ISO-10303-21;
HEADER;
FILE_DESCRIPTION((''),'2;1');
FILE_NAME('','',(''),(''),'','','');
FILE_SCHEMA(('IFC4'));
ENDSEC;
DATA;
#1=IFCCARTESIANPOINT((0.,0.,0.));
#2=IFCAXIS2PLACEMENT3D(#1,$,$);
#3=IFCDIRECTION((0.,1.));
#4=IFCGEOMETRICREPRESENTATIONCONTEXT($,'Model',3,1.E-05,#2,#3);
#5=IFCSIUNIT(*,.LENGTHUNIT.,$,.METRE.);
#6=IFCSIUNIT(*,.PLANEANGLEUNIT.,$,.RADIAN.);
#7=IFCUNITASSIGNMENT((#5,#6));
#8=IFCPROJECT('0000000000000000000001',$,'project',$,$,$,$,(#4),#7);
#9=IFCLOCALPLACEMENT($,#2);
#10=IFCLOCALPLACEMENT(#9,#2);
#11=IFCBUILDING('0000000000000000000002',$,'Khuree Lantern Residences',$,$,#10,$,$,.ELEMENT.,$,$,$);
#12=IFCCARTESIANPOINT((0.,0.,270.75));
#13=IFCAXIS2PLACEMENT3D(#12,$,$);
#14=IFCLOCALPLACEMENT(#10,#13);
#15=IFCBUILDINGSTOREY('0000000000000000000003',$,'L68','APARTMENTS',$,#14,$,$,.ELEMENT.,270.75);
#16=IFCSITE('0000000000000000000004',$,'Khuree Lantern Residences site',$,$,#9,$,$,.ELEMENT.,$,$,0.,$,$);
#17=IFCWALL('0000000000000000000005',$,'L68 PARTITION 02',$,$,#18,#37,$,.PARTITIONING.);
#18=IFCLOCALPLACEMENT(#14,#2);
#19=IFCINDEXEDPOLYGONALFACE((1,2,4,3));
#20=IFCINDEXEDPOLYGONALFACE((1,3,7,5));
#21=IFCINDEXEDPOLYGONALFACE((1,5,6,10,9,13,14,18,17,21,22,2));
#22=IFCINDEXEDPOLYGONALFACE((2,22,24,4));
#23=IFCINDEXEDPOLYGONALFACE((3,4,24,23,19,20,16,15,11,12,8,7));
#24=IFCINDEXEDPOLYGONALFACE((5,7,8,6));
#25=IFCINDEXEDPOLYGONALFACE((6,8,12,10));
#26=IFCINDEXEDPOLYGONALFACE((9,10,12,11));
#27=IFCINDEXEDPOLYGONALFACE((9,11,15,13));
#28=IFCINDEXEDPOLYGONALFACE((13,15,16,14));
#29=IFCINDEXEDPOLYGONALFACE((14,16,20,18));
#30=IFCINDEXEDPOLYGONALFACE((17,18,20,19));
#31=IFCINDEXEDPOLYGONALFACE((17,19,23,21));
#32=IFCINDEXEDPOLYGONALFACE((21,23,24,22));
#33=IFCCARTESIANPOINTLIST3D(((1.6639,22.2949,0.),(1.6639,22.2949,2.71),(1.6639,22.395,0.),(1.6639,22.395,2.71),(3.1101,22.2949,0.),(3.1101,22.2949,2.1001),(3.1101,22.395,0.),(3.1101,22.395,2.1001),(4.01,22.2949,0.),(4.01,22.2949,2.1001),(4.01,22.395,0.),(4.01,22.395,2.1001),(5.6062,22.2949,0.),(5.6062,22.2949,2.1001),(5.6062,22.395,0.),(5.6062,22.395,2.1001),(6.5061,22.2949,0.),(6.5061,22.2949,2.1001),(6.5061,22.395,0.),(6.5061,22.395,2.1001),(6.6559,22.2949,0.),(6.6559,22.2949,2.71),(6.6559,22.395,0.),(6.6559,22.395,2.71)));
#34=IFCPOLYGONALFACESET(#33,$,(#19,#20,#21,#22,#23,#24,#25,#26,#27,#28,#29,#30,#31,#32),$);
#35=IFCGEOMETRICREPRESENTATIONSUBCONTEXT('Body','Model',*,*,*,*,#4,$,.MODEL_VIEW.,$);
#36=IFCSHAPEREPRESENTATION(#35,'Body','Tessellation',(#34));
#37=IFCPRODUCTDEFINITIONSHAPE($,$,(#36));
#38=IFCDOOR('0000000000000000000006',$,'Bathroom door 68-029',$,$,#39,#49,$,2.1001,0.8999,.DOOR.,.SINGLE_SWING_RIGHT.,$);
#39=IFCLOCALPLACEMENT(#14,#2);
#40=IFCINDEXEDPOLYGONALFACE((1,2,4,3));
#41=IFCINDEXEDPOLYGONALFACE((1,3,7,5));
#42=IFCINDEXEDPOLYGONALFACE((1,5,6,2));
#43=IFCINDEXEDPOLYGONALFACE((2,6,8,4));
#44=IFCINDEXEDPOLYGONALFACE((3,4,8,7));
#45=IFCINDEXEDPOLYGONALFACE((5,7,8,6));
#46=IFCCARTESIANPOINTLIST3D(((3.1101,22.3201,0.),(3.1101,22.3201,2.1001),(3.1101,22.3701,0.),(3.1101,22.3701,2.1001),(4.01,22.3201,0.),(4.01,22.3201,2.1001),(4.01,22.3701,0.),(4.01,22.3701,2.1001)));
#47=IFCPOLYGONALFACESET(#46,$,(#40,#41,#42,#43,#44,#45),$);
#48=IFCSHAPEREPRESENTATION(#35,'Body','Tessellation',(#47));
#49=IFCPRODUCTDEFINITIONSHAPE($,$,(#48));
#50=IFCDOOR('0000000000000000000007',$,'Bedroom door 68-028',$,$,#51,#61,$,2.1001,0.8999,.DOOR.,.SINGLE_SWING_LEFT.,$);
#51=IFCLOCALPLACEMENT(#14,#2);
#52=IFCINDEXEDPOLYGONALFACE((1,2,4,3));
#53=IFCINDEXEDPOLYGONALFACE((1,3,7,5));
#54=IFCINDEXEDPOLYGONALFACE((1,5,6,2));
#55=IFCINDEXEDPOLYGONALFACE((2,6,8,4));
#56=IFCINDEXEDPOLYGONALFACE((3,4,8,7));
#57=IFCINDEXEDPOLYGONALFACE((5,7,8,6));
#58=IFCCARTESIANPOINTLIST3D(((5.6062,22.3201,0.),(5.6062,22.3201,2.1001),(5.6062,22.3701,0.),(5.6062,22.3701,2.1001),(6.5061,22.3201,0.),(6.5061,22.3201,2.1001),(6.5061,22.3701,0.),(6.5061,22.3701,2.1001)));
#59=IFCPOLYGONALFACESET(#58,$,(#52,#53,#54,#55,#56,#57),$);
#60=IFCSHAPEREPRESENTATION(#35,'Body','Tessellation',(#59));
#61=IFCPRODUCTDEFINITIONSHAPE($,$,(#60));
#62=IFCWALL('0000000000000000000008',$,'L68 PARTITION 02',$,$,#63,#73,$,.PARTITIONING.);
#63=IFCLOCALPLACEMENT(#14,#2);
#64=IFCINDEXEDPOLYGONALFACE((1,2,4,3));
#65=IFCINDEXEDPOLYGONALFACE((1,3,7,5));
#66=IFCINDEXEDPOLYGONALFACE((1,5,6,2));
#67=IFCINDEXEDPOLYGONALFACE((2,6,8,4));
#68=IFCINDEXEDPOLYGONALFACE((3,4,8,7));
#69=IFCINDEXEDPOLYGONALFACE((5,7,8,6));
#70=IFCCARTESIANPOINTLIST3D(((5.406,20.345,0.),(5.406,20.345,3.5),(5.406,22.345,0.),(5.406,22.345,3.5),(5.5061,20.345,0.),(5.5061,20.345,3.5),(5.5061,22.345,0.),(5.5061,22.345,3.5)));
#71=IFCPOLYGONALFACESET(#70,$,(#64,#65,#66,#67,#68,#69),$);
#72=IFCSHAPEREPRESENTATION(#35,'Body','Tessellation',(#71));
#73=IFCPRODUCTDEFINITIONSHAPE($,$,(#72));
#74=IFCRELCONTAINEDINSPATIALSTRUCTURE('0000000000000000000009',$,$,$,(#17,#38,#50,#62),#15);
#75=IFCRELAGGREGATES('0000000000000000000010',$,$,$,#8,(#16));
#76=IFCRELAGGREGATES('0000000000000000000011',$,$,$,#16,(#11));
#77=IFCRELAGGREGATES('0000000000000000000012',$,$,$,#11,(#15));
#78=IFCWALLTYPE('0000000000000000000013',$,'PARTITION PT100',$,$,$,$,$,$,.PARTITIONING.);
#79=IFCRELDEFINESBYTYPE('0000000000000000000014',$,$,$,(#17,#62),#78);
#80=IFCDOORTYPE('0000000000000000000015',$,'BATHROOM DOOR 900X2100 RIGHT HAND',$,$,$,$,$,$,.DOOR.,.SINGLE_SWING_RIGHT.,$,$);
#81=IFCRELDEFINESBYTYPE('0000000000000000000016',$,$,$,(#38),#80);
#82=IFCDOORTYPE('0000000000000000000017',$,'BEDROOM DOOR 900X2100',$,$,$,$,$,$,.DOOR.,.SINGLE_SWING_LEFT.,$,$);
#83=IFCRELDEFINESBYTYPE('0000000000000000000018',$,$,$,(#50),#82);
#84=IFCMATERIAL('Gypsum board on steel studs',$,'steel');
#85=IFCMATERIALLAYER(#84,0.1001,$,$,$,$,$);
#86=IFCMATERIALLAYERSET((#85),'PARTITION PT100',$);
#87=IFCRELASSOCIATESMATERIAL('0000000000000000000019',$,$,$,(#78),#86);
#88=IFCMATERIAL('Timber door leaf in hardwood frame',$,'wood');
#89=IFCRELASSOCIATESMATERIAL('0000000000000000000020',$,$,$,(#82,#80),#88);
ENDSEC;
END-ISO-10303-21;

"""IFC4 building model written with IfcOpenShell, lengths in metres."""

from ifc_helpers import new_model, si_unit, direction, frame, frame_2d, origin, place, context, subcontext, project, spatial, rectangle, extrude, material, layer, layer_set, type_object, element, fill, save


model = new_model("IFC4")

# Units and contexts
model_context = context("Model", 3, precision=1e-05, world=origin(), true_north=direction((0.0, 1.0)))
body_context = subcontext(model_context, "Body", "Model", "MODEL_VIEW")
ifc_project = project(units=[si_unit("LENGTHUNIT", "METRE"), si_unit("PLANEANGLEUNIT", "RADIAN")], contexts=[model_context])

# Site, building, storey
site_placement = place(None, origin())
site = spatial("IfcSite", under=ifc_project, at=site_placement, Name="Khuree Lantern Residences site", CompositionType="ELEMENT", RefElevation=0.0)
building_placement = place(site_placement, origin())
building = spatial("IfcBuilding", under=site, at=building_placement, Name="Khuree Lantern Residences", CompositionType="ELEMENT")
storey_placement = place(building_placement, frame((0.0, 0.0, 270.75)))
storey = spatial("IfcBuildingStorey", under=building, at=storey_placement, Name="L68", Description="APARTMENTS", CompositionType="ELEMENT", Elevation=270.75)

# Shared definitions
ifc_material_1 = material(Name="Gypsum board on steel studs", Category="steel")
ifc_layer_1 = layer(ifc_material_1, 0.1001)
ifc_layer_set_1 = layer_set([ifc_layer_1], Name="PARTITION PT100")
wall_type_1 = type_object("IfcWallType", Name="PARTITION PT100", PredefinedType="PARTITIONING", material=ifc_layer_set_1)

# Shared definitions
ifc_material_2 = material(Name="Timber door leaf in hardwood frame", Category="wood")
door_type_1 = type_object("IfcDoorType", Name="BEDROOM DOOR 900X2100", OperationType="SINGLE_SWING_LEFT", PredefinedType="DOOR", material=ifc_material_2)

# Wall, openings, doors
wall_1_placement = place(storey_placement, frame((6.656, 22.345, 0.0), z_axis=(0.0, 0.0, 1.0), x_axis=(-1.0, 0.0, 0.0)))
wall_1 = element("IfcWall", 1, at=wall_1_placement, inside=storey, type_object=wall_type_1, Name="L68 PARTITION 02", PredefinedType="PARTITIONING", context=body_context, shape_type="SweptSolid", body=[
    extrude(rectangle(XDim=4.9919, YDim=0.1001, at=frame_2d((2.4961, 0.0))), origin(), (0.0, 0.0, 1.0), 2.71),
])
opening_1_placement = place(wall_1_placement, frame((0.1499, 0.0, 0.0)))
opening_1 = element("IfcOpeningElement", 2, at=opening_1_placement, cuts=wall_1, PredefinedType="OPENING", context=body_context, shape_type="SweptSolid", body=[
    extrude(rectangle(XDim=0.8999, YDim=2.1001, at=frame_2d((0.45, 1.05))), frame((0.0, 0.0601, 0.0), z_axis=(0.0, -1.0, 0.0), x_axis=(1.0, 0.0, 0.0)), (0.0, 0.0, 1.0), 0.1201),
])
opening_2_placement = place(wall_1_placement, frame((2.646, 0.0, 0.0)))
opening_2 = element("IfcOpeningElement", 3, at=opening_2_placement, cuts=wall_1, PredefinedType="OPENING", context=body_context, shape_type="SweptSolid", body=[
    extrude(rectangle(XDim=0.8999, YDim=2.1001, at=frame_2d((0.45, 1.05))), frame((0.0, 0.0601, 0.0), z_axis=(0.0, -1.0, 0.0), x_axis=(1.0, 0.0, 0.0)), (0.0, 0.0, 1.0), 0.1201),
])
door_type_2 = type_object("IfcDoorType", Name="BATHROOM DOOR 900X2100 RIGHT HAND", OperationType="SINGLE_SWING_RIGHT", PredefinedType="DOOR", material=ifc_material_2)
door_1_placement = place(opening_2_placement, origin())
door_1 = element("IfcDoor", 4, at=door_1_placement, inside=storey, type_object=door_type_2, Name="Bathroom door 68-029", OperationType="SINGLE_SWING_RIGHT", OverallHeight=2.1001, OverallWidth=0.8999, PredefinedType="DOOR", context=body_context, shape_type="SweptSolid", body=[
    extrude(rectangle(XDim=0.8999, YDim=2.1001, at=frame_2d((0.45, 1.05))), frame((0.0, 0.0249, 0.0), z_axis=(0.0, -1.0, 0.0), x_axis=(1.0, 0.0, 0.0)), (0.0, 0.0, 1.0), 0.05),
])
fill(opening_2, door_1)
door_2_placement = place(opening_1_placement, origin())
door_2 = element("IfcDoor", 5, at=door_2_placement, inside=storey, type_object=door_type_1, Name="Bedroom door 68-028", OperationType="SINGLE_SWING_LEFT", OverallHeight=2.1001, OverallWidth=0.8999, PredefinedType="DOOR", context=body_context, shape_type="SweptSolid", body=[
    extrude(rectangle(XDim=0.8999, YDim=2.1001, at=frame_2d((0.45, 1.05))), frame((0.0, 0.0249, 0.0), z_axis=(0.0, -1.0, 0.0), x_axis=(1.0, 0.0, 0.0)), (0.0, 0.0, 1.0), 0.05),
])
fill(opening_1, door_2)

# Wall
wall_2_placement = place(storey_placement, frame((5.4561, 20.345, 0.0), z_axis=(0.0, 0.0, 1.0), x_axis=(0.0, 1.0, 0.0)))
element("IfcWall", 6, at=wall_2_placement, inside=storey, type_object=wall_type_1, Name="L68 PARTITION 02", PredefinedType="PARTITIONING", context=body_context, shape_type="SweptSolid", body=[
    extrude(rectangle(XDim=2.0, YDim=0.1001, at=frame_2d((1.0, 0.0))), origin(), (0.0, 0.0, 1.0), 3.5),
])

save(model, "model.ifc")
